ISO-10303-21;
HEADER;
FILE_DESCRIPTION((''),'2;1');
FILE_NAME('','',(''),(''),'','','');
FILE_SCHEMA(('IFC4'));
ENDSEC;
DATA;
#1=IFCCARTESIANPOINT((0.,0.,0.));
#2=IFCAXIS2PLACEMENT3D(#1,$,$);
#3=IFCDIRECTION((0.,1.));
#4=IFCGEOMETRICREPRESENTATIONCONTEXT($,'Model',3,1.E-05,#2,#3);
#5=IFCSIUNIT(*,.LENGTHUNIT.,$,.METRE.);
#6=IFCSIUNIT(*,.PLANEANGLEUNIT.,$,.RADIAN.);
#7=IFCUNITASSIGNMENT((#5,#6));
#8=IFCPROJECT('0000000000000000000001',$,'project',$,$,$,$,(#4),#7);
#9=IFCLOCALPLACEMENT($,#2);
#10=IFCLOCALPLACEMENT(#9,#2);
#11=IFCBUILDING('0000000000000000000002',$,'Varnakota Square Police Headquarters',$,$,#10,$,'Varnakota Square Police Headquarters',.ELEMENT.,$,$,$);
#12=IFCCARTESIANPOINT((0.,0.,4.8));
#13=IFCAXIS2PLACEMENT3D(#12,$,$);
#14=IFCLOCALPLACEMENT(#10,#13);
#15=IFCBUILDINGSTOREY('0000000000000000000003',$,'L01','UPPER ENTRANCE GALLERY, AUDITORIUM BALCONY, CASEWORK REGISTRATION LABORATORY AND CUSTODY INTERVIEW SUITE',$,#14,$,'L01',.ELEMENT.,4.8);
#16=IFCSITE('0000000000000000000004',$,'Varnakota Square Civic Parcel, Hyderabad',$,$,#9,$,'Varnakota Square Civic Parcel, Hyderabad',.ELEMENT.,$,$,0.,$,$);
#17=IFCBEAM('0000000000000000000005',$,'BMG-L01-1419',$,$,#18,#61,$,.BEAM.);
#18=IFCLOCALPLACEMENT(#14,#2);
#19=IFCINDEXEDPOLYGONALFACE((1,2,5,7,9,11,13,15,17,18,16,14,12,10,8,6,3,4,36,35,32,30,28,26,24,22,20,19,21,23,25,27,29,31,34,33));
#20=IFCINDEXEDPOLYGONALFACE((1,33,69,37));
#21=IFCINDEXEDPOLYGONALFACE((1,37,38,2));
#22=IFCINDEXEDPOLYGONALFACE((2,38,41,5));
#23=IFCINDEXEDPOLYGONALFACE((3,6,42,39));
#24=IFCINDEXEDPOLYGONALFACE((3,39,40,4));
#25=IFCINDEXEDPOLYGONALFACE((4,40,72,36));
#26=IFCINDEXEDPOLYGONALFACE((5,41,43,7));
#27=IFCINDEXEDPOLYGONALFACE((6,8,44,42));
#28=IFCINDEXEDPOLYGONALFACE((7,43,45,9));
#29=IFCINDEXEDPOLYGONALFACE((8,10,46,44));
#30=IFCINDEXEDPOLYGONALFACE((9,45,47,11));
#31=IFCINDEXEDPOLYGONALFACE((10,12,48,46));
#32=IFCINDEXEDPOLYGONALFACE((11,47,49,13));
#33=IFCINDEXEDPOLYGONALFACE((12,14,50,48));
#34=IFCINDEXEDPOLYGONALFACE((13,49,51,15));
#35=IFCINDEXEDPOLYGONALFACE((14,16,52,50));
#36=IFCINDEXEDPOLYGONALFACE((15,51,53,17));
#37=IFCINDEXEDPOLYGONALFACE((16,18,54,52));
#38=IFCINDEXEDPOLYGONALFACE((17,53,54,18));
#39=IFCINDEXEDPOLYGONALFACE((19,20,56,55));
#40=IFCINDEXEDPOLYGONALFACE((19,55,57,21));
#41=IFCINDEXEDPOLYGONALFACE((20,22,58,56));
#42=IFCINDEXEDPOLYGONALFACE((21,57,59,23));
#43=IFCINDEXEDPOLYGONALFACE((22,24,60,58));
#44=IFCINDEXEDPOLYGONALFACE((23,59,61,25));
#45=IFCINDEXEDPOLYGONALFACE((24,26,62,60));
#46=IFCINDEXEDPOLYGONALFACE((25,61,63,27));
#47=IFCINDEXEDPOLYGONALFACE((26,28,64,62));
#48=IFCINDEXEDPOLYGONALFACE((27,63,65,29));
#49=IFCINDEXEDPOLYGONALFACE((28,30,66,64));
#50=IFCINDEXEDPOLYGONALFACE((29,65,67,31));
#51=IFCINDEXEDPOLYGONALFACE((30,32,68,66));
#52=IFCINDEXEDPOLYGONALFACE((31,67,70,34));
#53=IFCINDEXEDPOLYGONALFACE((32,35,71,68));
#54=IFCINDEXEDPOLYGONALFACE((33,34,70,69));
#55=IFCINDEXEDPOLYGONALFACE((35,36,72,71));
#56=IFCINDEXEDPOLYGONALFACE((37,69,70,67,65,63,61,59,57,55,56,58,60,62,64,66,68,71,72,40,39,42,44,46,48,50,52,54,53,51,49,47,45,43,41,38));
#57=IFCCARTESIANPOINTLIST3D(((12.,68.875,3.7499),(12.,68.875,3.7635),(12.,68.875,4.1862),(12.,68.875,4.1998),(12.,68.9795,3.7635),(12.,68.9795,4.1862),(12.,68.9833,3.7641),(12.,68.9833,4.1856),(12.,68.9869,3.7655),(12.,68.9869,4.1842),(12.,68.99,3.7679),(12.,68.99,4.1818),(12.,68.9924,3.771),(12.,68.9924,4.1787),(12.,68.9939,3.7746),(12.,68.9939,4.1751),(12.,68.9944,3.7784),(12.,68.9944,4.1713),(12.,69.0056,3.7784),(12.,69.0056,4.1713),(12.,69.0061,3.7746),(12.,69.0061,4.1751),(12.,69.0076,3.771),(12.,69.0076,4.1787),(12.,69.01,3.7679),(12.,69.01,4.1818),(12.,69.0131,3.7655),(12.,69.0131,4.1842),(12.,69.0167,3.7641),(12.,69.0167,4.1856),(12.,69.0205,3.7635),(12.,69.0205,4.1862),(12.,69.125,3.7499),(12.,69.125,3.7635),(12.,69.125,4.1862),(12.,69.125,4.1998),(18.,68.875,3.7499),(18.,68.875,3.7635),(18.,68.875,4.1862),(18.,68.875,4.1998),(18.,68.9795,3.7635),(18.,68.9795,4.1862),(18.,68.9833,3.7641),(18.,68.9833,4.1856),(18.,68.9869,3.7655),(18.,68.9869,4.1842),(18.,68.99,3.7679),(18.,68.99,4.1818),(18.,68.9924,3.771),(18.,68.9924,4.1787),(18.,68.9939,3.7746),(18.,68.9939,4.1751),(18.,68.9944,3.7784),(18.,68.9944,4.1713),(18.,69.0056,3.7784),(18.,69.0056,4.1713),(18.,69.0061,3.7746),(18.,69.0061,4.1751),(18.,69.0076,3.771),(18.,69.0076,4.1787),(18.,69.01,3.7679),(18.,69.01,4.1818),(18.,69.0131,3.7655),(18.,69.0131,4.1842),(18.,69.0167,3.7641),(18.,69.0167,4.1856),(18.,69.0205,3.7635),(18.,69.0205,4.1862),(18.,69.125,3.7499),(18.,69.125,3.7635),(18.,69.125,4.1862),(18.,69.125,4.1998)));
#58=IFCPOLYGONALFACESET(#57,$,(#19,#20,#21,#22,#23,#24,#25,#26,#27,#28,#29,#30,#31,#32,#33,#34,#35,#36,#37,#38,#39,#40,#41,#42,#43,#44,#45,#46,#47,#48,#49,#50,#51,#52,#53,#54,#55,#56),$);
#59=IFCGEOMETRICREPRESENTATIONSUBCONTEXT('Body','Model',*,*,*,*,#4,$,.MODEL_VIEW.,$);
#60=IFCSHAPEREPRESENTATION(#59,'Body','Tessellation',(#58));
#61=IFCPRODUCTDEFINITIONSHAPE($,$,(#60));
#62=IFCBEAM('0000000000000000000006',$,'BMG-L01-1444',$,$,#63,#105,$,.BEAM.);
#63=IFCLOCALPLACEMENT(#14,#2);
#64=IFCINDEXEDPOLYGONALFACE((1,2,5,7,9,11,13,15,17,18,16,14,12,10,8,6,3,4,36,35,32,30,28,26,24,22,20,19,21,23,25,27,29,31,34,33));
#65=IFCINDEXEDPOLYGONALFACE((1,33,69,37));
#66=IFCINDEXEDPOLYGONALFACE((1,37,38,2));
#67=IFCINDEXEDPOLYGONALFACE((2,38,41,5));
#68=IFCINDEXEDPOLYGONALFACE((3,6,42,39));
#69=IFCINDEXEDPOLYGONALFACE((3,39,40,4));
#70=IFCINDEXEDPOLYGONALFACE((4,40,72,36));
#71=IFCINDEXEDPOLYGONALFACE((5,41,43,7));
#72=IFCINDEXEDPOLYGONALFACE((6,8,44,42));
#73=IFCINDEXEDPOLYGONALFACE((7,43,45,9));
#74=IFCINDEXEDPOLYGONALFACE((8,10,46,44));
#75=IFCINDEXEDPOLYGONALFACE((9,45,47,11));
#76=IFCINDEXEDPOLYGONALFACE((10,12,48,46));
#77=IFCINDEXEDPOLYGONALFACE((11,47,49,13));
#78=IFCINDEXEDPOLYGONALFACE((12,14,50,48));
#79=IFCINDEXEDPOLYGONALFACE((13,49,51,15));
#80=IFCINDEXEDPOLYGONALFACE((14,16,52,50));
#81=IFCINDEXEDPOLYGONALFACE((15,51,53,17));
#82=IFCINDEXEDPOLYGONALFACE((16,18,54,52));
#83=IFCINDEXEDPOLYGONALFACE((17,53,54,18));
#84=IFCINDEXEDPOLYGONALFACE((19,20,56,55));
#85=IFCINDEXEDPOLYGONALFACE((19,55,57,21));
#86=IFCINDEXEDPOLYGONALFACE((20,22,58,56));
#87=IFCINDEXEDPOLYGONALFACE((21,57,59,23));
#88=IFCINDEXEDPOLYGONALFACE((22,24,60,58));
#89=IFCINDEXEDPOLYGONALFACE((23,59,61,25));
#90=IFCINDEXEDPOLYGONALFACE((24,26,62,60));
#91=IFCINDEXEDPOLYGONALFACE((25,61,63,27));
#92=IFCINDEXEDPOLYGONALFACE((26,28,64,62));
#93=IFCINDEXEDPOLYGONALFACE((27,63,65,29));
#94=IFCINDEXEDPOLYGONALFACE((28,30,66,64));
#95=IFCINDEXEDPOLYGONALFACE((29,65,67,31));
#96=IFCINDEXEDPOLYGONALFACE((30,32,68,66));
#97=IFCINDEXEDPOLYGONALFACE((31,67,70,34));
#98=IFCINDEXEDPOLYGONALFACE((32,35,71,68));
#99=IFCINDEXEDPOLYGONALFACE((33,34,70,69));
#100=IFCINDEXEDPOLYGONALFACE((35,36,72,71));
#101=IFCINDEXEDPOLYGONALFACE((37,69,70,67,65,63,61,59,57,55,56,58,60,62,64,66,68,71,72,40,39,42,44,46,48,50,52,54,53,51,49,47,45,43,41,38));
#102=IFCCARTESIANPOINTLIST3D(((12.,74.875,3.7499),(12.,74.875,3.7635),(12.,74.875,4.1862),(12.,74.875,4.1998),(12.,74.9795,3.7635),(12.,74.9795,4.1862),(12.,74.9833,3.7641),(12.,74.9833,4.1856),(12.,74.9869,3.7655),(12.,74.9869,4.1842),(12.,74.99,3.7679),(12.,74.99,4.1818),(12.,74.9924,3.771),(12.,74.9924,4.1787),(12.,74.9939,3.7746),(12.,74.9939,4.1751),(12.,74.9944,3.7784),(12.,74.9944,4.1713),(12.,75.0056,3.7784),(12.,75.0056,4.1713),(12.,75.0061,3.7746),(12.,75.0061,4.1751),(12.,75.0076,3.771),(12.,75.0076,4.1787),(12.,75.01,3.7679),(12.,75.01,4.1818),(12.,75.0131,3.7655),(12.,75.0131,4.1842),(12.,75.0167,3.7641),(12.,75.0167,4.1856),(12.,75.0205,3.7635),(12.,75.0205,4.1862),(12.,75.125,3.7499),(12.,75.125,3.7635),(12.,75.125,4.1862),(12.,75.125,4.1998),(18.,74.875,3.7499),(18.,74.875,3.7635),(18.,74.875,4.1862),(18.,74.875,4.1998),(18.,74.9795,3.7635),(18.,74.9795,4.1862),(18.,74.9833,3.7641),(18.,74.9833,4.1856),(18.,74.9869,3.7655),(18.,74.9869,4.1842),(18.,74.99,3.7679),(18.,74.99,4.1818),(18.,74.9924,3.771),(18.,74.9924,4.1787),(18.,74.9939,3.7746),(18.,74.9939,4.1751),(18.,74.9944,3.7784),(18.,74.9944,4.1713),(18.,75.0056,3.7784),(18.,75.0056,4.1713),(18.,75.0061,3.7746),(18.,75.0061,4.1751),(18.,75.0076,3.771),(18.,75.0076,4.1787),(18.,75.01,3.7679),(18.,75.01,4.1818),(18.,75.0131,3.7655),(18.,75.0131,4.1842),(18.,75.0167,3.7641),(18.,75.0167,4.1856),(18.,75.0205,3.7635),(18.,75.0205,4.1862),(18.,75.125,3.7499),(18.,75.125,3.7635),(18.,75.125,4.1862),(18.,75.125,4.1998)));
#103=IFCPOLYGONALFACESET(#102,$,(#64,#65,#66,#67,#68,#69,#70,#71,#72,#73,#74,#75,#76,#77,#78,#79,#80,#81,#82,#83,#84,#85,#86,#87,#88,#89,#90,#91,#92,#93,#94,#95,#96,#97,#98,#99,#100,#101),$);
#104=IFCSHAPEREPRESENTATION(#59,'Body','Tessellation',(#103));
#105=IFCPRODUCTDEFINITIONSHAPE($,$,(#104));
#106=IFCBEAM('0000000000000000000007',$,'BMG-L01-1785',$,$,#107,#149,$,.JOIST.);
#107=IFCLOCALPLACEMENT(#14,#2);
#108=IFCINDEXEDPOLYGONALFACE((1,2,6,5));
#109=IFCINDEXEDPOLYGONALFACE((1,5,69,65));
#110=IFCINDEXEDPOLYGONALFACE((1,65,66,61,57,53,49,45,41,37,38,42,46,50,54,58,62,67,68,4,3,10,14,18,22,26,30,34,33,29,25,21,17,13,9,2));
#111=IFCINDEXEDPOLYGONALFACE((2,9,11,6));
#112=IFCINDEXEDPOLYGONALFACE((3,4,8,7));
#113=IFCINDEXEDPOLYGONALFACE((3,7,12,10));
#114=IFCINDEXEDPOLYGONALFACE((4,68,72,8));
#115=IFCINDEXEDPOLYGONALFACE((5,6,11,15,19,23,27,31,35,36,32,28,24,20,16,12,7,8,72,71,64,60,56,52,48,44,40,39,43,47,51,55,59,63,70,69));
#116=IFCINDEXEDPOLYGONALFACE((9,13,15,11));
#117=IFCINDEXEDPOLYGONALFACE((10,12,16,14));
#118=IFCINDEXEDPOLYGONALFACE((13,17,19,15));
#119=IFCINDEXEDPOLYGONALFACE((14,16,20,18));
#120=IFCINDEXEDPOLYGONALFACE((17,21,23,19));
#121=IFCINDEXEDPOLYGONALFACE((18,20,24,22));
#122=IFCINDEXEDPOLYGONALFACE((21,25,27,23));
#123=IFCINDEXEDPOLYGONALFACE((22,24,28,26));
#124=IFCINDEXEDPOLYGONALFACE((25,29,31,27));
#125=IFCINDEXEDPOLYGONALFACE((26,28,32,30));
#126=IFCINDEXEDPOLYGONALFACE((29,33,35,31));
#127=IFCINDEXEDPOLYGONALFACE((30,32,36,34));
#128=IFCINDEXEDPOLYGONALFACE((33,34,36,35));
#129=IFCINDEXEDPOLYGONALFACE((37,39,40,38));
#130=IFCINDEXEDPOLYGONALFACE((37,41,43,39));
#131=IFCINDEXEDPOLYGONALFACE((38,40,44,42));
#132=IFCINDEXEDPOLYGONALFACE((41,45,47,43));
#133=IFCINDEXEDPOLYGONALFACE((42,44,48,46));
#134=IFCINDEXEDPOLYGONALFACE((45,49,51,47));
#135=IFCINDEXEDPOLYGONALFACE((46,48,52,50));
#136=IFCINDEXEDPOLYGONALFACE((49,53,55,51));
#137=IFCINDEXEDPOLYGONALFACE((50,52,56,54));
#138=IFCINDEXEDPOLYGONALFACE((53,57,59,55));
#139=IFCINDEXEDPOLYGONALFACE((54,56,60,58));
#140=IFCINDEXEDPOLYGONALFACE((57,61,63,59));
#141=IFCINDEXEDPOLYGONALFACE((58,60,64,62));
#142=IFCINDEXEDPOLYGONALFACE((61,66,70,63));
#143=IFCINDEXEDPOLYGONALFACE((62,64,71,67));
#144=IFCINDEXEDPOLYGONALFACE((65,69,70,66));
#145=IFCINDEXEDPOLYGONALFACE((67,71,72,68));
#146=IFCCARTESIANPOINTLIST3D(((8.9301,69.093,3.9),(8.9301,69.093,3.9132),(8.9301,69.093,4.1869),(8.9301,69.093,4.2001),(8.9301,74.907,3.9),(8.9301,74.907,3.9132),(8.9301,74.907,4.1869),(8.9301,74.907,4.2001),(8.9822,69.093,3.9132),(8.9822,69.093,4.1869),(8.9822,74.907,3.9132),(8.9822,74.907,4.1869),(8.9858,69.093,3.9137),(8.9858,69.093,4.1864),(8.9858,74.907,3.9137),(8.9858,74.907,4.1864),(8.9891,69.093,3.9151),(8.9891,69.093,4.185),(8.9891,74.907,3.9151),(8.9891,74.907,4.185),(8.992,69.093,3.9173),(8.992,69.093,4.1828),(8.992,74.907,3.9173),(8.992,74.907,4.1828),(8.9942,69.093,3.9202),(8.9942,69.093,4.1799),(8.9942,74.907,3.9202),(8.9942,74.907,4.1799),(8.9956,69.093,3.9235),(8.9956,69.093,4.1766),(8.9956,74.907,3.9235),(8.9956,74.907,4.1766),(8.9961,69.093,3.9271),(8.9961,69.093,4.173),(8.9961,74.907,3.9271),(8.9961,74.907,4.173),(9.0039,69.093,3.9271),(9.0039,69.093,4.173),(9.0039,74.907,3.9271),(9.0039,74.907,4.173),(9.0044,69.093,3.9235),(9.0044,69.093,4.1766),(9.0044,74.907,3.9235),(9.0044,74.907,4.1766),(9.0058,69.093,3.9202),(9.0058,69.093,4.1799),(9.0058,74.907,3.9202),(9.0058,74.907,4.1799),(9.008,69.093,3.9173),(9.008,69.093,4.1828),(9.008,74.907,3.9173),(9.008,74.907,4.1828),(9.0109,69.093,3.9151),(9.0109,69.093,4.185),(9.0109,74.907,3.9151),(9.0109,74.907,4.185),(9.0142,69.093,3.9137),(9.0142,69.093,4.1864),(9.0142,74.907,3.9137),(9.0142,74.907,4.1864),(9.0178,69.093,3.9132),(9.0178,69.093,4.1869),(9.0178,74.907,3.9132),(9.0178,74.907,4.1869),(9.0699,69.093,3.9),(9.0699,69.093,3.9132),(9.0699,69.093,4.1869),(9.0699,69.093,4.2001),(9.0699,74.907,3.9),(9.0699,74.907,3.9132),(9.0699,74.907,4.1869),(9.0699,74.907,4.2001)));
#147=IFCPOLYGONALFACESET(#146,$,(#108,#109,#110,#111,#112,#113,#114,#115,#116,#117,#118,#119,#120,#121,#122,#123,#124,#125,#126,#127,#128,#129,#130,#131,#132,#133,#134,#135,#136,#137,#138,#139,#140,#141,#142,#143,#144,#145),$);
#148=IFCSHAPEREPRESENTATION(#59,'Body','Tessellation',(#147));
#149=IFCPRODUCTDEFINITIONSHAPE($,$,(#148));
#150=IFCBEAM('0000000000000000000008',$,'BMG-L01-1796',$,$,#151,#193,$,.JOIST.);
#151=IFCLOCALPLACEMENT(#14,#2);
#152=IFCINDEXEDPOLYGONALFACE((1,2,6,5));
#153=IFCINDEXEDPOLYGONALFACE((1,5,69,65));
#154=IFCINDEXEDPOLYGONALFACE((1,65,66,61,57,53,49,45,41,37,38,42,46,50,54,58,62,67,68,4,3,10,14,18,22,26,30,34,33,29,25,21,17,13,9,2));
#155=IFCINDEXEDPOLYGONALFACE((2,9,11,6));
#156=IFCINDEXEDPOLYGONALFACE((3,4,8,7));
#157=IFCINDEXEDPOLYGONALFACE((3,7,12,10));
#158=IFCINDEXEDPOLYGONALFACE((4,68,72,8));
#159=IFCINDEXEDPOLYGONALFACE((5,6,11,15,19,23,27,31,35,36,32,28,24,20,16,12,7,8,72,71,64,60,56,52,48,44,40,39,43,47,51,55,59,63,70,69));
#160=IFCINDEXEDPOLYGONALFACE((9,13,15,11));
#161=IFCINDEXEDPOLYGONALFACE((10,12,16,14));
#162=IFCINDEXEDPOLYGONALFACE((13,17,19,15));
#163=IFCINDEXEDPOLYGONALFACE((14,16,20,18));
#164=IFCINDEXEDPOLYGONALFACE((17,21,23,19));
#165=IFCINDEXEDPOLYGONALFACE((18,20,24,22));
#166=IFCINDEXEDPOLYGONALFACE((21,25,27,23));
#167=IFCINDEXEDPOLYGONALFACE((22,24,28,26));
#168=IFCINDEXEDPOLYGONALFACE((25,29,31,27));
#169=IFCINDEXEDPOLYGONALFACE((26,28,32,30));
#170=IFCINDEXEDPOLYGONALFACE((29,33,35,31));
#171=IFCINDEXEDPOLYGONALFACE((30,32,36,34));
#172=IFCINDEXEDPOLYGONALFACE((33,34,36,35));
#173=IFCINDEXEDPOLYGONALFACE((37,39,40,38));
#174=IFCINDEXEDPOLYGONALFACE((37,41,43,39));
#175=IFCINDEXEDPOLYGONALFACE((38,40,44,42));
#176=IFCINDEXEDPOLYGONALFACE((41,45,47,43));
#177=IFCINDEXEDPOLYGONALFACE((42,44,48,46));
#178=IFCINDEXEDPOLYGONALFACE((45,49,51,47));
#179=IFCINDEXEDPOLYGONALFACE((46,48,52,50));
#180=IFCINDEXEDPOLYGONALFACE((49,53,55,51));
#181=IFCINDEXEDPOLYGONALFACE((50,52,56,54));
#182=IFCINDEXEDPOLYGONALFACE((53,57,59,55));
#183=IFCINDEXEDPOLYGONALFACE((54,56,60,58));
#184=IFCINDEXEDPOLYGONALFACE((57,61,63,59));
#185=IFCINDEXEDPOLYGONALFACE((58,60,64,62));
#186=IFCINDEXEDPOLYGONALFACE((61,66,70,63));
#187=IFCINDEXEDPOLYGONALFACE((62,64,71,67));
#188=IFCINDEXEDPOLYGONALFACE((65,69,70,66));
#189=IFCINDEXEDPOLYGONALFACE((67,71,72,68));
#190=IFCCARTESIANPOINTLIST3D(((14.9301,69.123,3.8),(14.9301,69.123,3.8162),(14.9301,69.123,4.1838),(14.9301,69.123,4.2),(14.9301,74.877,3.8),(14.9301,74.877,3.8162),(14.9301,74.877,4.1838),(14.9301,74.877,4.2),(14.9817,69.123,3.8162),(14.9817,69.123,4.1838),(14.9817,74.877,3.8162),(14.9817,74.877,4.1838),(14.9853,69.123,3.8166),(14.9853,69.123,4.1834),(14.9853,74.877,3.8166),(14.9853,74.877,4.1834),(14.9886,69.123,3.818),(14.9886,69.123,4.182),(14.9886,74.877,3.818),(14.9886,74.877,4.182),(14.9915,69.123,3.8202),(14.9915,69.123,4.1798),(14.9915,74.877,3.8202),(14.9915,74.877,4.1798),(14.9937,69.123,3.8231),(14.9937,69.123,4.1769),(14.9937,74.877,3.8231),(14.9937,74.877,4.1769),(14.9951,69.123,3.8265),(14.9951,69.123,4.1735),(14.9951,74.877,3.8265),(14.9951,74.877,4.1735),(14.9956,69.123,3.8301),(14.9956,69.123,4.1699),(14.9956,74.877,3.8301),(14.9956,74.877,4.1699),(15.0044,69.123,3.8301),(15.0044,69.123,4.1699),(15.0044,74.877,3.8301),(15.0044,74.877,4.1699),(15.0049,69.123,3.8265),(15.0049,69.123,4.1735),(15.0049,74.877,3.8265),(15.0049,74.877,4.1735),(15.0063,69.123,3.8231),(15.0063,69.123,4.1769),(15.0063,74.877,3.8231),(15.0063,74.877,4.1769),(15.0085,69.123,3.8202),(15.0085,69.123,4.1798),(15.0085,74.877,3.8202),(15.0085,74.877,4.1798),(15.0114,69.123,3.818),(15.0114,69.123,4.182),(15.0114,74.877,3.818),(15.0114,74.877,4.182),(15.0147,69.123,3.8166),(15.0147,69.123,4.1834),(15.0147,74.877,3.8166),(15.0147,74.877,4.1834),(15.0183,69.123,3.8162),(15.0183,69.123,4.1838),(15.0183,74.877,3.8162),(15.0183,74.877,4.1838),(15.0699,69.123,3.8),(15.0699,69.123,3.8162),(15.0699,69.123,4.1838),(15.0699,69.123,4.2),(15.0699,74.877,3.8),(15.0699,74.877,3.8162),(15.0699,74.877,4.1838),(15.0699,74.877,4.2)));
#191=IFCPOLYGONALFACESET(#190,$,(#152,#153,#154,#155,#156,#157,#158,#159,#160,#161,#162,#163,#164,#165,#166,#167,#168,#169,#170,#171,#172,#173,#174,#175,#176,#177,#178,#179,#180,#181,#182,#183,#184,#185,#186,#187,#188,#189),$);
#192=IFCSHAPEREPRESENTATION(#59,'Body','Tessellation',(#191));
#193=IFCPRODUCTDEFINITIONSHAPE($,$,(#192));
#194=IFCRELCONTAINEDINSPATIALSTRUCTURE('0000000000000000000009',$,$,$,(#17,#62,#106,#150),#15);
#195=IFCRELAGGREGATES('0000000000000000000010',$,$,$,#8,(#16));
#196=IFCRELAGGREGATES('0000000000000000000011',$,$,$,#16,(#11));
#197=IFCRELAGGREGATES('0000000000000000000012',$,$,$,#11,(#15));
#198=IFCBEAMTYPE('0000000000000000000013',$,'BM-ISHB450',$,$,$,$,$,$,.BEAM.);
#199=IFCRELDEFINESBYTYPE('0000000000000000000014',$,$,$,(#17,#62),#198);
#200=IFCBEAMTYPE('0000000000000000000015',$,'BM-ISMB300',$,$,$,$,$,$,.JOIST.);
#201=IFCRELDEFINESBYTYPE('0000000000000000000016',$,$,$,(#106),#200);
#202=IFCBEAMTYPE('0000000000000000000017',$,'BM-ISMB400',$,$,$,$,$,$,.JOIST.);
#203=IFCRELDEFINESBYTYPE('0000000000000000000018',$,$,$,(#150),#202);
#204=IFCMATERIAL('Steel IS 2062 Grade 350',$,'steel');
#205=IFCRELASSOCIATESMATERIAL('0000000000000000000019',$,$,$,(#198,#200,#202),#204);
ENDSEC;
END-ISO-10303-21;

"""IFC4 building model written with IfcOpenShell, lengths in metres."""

from ifc_helpers import new_model, si_unit, direction, frame, origin, origin_2d, place, context, subcontext, project, spatial, i_section, extrude, material, material_profile, profile_set, type_object, element, save


model = new_model("IFC4")

# Units and contexts
model_context = context("Model", 3, precision=1e-05, world=origin(), true_north=direction((0.0, 1.0)))
body_context = subcontext(model_context, "Body", "Model", "MODEL_VIEW")
ifc_project = project(units=[si_unit("LENGTHUNIT", "METRE"), si_unit("PLANEANGLEUNIT", "RADIAN")], contexts=[model_context])

# Site, building, storey
site_placement = place(None, origin())
site = spatial("IfcSite", under=ifc_project, at=site_placement, Name="Varnakota Square Civic Parcel, Hyderabad", LongName="Varnakota Square Civic Parcel, Hyderabad", CompositionType="ELEMENT", RefElevation=0.0)
building_placement = place(site_placement, origin())
building = spatial("IfcBuilding", under=site, at=building_placement, Name="Varnakota Square Police Headquarters", LongName="Varnakota Square Police Headquarters", CompositionType="ELEMENT")
storey_placement = place(building_placement, frame((0.0, 0.0, 4.8)))
storey = spatial("IfcBuildingStorey", under=building, at=storey_placement, Name="L01", Description="UPPER ENTRANCE GALLERY, AUDITORIUM BALCONY, CASEWORK REGISTRATION LABORATORY AND CUSTODY INTERVIEW SUITE", LongName="L01", CompositionType="ELEMENT", Elevation=4.8)

# Shared definitions
ifc_material_1 = material(Name="Steel IS 2062 Grade 350", Category="steel")

# Beams
ifc_material_profile_1 = material_profile(ifc_material_1, i_section(OverallWidth=0.25, OverallDepth=0.45, WebThickness=0.0112, FlangeThickness=0.0137, FilletRadius=0.0149, at=origin_2d()), Name="ISHB 450")
ifc_profile_set_1 = profile_set([ifc_material_profile_1], Name="Steel IS 2062 Grade 350")
beam_type_1 = type_object("IfcBeamType", Name="BM-ISHB450", PredefinedType="BEAM", material=ifc_profile_set_1)
for number, where, z_axis, x_axis, name in (
    (1, (12.0, 69.0, 3.9749), (1.0, 0.0, 0.0), (0.0, 1.0, 0.0), "BMG-L01-1419"),
    (2, (12.0, 75.0, 3.9749), (1.0, 0.0, 0.0), (0.0, 1.0, 0.0), "BMG-L01-1444"),
):
    element("IfcBeam", number, at=place(storey_placement, frame(where, z_axis=z_axis, x_axis=x_axis)), inside=storey, type_object=beam_type_1, Name=name, PredefinedType="BEAM", context=body_context, shape_type="SweptSolid", body=[
        extrude(i_section(OverallWidth=0.25, OverallDepth=0.45, WebThickness=0.0112, FlangeThickness=0.0137, FilletRadius=0.0149, at=origin_2d()), origin(), (0.0, 0.0, 1.0), 6.0),
    ])
ifc_material_profile_2 = material_profile(ifc_material_1, i_section(OverallWidth=0.1399, OverallDepth=0.3, WebThickness=0.0078, FlangeThickness=0.0132, FilletRadius=0.0139, at=origin_2d()), Name="ISMB 300")
ifc_profile_set_2 = profile_set([ifc_material_profile_2], Name="Steel IS 2062 Grade 350")
beam_type_2 = type_object("IfcBeamType", Name="BM-ISMB300", PredefinedType="JOIST", material=ifc_profile_set_2)
beam_1_placement = place(storey_placement, frame((9.0, 69.093, 4.05), z_axis=(0.0, 1.0, 0.0), x_axis=(-1.0, 0.0, 0.0)))
element("IfcBeam", 3, at=beam_1_placement, inside=storey, type_object=beam_type_2, Name="BMG-L01-1785", PredefinedType="JOIST", context=body_context, shape_type="SweptSolid", body=[
    extrude(i_section(OverallWidth=0.1399, OverallDepth=0.3, WebThickness=0.0078, FlangeThickness=0.0132, FilletRadius=0.0139, at=origin_2d()), origin(), (0.0, 0.0, 1.0), 5.814),
])
ifc_material_profile_3 = material_profile(ifc_material_1, i_section(OverallWidth=0.1399, OverallDepth=0.3999, WebThickness=0.0088, FlangeThickness=0.0161, FilletRadius=0.0139, at=origin_2d()), Name="ISMB 400")
ifc_profile_set_3 = profile_set([ifc_material_profile_3], Name="Steel IS 2062 Grade 350")
beam_type_3 = type_object("IfcBeamType", Name="BM-ISMB400", PredefinedType="JOIST", material=ifc_profile_set_3)
beam_2_placement = place(storey_placement, frame((15.0, 69.123, 4.0), z_axis=(0.0, 1.0, 0.0), x_axis=(-1.0, 0.0, 0.0)))
element("IfcBeam", 4, at=beam_2_placement, inside=storey, type_object=beam_type_3, Name="BMG-L01-1796", PredefinedType="JOIST", context=body_context, shape_type="SweptSolid", body=[
    extrude(i_section(OverallWidth=0.1399, OverallDepth=0.3999, WebThickness=0.0088, FlangeThickness=0.0161, FilletRadius=0.0139, at=origin_2d()), origin(), (0.0, 0.0, 1.0), 5.7539),
])

save(model, "model.ifc")
